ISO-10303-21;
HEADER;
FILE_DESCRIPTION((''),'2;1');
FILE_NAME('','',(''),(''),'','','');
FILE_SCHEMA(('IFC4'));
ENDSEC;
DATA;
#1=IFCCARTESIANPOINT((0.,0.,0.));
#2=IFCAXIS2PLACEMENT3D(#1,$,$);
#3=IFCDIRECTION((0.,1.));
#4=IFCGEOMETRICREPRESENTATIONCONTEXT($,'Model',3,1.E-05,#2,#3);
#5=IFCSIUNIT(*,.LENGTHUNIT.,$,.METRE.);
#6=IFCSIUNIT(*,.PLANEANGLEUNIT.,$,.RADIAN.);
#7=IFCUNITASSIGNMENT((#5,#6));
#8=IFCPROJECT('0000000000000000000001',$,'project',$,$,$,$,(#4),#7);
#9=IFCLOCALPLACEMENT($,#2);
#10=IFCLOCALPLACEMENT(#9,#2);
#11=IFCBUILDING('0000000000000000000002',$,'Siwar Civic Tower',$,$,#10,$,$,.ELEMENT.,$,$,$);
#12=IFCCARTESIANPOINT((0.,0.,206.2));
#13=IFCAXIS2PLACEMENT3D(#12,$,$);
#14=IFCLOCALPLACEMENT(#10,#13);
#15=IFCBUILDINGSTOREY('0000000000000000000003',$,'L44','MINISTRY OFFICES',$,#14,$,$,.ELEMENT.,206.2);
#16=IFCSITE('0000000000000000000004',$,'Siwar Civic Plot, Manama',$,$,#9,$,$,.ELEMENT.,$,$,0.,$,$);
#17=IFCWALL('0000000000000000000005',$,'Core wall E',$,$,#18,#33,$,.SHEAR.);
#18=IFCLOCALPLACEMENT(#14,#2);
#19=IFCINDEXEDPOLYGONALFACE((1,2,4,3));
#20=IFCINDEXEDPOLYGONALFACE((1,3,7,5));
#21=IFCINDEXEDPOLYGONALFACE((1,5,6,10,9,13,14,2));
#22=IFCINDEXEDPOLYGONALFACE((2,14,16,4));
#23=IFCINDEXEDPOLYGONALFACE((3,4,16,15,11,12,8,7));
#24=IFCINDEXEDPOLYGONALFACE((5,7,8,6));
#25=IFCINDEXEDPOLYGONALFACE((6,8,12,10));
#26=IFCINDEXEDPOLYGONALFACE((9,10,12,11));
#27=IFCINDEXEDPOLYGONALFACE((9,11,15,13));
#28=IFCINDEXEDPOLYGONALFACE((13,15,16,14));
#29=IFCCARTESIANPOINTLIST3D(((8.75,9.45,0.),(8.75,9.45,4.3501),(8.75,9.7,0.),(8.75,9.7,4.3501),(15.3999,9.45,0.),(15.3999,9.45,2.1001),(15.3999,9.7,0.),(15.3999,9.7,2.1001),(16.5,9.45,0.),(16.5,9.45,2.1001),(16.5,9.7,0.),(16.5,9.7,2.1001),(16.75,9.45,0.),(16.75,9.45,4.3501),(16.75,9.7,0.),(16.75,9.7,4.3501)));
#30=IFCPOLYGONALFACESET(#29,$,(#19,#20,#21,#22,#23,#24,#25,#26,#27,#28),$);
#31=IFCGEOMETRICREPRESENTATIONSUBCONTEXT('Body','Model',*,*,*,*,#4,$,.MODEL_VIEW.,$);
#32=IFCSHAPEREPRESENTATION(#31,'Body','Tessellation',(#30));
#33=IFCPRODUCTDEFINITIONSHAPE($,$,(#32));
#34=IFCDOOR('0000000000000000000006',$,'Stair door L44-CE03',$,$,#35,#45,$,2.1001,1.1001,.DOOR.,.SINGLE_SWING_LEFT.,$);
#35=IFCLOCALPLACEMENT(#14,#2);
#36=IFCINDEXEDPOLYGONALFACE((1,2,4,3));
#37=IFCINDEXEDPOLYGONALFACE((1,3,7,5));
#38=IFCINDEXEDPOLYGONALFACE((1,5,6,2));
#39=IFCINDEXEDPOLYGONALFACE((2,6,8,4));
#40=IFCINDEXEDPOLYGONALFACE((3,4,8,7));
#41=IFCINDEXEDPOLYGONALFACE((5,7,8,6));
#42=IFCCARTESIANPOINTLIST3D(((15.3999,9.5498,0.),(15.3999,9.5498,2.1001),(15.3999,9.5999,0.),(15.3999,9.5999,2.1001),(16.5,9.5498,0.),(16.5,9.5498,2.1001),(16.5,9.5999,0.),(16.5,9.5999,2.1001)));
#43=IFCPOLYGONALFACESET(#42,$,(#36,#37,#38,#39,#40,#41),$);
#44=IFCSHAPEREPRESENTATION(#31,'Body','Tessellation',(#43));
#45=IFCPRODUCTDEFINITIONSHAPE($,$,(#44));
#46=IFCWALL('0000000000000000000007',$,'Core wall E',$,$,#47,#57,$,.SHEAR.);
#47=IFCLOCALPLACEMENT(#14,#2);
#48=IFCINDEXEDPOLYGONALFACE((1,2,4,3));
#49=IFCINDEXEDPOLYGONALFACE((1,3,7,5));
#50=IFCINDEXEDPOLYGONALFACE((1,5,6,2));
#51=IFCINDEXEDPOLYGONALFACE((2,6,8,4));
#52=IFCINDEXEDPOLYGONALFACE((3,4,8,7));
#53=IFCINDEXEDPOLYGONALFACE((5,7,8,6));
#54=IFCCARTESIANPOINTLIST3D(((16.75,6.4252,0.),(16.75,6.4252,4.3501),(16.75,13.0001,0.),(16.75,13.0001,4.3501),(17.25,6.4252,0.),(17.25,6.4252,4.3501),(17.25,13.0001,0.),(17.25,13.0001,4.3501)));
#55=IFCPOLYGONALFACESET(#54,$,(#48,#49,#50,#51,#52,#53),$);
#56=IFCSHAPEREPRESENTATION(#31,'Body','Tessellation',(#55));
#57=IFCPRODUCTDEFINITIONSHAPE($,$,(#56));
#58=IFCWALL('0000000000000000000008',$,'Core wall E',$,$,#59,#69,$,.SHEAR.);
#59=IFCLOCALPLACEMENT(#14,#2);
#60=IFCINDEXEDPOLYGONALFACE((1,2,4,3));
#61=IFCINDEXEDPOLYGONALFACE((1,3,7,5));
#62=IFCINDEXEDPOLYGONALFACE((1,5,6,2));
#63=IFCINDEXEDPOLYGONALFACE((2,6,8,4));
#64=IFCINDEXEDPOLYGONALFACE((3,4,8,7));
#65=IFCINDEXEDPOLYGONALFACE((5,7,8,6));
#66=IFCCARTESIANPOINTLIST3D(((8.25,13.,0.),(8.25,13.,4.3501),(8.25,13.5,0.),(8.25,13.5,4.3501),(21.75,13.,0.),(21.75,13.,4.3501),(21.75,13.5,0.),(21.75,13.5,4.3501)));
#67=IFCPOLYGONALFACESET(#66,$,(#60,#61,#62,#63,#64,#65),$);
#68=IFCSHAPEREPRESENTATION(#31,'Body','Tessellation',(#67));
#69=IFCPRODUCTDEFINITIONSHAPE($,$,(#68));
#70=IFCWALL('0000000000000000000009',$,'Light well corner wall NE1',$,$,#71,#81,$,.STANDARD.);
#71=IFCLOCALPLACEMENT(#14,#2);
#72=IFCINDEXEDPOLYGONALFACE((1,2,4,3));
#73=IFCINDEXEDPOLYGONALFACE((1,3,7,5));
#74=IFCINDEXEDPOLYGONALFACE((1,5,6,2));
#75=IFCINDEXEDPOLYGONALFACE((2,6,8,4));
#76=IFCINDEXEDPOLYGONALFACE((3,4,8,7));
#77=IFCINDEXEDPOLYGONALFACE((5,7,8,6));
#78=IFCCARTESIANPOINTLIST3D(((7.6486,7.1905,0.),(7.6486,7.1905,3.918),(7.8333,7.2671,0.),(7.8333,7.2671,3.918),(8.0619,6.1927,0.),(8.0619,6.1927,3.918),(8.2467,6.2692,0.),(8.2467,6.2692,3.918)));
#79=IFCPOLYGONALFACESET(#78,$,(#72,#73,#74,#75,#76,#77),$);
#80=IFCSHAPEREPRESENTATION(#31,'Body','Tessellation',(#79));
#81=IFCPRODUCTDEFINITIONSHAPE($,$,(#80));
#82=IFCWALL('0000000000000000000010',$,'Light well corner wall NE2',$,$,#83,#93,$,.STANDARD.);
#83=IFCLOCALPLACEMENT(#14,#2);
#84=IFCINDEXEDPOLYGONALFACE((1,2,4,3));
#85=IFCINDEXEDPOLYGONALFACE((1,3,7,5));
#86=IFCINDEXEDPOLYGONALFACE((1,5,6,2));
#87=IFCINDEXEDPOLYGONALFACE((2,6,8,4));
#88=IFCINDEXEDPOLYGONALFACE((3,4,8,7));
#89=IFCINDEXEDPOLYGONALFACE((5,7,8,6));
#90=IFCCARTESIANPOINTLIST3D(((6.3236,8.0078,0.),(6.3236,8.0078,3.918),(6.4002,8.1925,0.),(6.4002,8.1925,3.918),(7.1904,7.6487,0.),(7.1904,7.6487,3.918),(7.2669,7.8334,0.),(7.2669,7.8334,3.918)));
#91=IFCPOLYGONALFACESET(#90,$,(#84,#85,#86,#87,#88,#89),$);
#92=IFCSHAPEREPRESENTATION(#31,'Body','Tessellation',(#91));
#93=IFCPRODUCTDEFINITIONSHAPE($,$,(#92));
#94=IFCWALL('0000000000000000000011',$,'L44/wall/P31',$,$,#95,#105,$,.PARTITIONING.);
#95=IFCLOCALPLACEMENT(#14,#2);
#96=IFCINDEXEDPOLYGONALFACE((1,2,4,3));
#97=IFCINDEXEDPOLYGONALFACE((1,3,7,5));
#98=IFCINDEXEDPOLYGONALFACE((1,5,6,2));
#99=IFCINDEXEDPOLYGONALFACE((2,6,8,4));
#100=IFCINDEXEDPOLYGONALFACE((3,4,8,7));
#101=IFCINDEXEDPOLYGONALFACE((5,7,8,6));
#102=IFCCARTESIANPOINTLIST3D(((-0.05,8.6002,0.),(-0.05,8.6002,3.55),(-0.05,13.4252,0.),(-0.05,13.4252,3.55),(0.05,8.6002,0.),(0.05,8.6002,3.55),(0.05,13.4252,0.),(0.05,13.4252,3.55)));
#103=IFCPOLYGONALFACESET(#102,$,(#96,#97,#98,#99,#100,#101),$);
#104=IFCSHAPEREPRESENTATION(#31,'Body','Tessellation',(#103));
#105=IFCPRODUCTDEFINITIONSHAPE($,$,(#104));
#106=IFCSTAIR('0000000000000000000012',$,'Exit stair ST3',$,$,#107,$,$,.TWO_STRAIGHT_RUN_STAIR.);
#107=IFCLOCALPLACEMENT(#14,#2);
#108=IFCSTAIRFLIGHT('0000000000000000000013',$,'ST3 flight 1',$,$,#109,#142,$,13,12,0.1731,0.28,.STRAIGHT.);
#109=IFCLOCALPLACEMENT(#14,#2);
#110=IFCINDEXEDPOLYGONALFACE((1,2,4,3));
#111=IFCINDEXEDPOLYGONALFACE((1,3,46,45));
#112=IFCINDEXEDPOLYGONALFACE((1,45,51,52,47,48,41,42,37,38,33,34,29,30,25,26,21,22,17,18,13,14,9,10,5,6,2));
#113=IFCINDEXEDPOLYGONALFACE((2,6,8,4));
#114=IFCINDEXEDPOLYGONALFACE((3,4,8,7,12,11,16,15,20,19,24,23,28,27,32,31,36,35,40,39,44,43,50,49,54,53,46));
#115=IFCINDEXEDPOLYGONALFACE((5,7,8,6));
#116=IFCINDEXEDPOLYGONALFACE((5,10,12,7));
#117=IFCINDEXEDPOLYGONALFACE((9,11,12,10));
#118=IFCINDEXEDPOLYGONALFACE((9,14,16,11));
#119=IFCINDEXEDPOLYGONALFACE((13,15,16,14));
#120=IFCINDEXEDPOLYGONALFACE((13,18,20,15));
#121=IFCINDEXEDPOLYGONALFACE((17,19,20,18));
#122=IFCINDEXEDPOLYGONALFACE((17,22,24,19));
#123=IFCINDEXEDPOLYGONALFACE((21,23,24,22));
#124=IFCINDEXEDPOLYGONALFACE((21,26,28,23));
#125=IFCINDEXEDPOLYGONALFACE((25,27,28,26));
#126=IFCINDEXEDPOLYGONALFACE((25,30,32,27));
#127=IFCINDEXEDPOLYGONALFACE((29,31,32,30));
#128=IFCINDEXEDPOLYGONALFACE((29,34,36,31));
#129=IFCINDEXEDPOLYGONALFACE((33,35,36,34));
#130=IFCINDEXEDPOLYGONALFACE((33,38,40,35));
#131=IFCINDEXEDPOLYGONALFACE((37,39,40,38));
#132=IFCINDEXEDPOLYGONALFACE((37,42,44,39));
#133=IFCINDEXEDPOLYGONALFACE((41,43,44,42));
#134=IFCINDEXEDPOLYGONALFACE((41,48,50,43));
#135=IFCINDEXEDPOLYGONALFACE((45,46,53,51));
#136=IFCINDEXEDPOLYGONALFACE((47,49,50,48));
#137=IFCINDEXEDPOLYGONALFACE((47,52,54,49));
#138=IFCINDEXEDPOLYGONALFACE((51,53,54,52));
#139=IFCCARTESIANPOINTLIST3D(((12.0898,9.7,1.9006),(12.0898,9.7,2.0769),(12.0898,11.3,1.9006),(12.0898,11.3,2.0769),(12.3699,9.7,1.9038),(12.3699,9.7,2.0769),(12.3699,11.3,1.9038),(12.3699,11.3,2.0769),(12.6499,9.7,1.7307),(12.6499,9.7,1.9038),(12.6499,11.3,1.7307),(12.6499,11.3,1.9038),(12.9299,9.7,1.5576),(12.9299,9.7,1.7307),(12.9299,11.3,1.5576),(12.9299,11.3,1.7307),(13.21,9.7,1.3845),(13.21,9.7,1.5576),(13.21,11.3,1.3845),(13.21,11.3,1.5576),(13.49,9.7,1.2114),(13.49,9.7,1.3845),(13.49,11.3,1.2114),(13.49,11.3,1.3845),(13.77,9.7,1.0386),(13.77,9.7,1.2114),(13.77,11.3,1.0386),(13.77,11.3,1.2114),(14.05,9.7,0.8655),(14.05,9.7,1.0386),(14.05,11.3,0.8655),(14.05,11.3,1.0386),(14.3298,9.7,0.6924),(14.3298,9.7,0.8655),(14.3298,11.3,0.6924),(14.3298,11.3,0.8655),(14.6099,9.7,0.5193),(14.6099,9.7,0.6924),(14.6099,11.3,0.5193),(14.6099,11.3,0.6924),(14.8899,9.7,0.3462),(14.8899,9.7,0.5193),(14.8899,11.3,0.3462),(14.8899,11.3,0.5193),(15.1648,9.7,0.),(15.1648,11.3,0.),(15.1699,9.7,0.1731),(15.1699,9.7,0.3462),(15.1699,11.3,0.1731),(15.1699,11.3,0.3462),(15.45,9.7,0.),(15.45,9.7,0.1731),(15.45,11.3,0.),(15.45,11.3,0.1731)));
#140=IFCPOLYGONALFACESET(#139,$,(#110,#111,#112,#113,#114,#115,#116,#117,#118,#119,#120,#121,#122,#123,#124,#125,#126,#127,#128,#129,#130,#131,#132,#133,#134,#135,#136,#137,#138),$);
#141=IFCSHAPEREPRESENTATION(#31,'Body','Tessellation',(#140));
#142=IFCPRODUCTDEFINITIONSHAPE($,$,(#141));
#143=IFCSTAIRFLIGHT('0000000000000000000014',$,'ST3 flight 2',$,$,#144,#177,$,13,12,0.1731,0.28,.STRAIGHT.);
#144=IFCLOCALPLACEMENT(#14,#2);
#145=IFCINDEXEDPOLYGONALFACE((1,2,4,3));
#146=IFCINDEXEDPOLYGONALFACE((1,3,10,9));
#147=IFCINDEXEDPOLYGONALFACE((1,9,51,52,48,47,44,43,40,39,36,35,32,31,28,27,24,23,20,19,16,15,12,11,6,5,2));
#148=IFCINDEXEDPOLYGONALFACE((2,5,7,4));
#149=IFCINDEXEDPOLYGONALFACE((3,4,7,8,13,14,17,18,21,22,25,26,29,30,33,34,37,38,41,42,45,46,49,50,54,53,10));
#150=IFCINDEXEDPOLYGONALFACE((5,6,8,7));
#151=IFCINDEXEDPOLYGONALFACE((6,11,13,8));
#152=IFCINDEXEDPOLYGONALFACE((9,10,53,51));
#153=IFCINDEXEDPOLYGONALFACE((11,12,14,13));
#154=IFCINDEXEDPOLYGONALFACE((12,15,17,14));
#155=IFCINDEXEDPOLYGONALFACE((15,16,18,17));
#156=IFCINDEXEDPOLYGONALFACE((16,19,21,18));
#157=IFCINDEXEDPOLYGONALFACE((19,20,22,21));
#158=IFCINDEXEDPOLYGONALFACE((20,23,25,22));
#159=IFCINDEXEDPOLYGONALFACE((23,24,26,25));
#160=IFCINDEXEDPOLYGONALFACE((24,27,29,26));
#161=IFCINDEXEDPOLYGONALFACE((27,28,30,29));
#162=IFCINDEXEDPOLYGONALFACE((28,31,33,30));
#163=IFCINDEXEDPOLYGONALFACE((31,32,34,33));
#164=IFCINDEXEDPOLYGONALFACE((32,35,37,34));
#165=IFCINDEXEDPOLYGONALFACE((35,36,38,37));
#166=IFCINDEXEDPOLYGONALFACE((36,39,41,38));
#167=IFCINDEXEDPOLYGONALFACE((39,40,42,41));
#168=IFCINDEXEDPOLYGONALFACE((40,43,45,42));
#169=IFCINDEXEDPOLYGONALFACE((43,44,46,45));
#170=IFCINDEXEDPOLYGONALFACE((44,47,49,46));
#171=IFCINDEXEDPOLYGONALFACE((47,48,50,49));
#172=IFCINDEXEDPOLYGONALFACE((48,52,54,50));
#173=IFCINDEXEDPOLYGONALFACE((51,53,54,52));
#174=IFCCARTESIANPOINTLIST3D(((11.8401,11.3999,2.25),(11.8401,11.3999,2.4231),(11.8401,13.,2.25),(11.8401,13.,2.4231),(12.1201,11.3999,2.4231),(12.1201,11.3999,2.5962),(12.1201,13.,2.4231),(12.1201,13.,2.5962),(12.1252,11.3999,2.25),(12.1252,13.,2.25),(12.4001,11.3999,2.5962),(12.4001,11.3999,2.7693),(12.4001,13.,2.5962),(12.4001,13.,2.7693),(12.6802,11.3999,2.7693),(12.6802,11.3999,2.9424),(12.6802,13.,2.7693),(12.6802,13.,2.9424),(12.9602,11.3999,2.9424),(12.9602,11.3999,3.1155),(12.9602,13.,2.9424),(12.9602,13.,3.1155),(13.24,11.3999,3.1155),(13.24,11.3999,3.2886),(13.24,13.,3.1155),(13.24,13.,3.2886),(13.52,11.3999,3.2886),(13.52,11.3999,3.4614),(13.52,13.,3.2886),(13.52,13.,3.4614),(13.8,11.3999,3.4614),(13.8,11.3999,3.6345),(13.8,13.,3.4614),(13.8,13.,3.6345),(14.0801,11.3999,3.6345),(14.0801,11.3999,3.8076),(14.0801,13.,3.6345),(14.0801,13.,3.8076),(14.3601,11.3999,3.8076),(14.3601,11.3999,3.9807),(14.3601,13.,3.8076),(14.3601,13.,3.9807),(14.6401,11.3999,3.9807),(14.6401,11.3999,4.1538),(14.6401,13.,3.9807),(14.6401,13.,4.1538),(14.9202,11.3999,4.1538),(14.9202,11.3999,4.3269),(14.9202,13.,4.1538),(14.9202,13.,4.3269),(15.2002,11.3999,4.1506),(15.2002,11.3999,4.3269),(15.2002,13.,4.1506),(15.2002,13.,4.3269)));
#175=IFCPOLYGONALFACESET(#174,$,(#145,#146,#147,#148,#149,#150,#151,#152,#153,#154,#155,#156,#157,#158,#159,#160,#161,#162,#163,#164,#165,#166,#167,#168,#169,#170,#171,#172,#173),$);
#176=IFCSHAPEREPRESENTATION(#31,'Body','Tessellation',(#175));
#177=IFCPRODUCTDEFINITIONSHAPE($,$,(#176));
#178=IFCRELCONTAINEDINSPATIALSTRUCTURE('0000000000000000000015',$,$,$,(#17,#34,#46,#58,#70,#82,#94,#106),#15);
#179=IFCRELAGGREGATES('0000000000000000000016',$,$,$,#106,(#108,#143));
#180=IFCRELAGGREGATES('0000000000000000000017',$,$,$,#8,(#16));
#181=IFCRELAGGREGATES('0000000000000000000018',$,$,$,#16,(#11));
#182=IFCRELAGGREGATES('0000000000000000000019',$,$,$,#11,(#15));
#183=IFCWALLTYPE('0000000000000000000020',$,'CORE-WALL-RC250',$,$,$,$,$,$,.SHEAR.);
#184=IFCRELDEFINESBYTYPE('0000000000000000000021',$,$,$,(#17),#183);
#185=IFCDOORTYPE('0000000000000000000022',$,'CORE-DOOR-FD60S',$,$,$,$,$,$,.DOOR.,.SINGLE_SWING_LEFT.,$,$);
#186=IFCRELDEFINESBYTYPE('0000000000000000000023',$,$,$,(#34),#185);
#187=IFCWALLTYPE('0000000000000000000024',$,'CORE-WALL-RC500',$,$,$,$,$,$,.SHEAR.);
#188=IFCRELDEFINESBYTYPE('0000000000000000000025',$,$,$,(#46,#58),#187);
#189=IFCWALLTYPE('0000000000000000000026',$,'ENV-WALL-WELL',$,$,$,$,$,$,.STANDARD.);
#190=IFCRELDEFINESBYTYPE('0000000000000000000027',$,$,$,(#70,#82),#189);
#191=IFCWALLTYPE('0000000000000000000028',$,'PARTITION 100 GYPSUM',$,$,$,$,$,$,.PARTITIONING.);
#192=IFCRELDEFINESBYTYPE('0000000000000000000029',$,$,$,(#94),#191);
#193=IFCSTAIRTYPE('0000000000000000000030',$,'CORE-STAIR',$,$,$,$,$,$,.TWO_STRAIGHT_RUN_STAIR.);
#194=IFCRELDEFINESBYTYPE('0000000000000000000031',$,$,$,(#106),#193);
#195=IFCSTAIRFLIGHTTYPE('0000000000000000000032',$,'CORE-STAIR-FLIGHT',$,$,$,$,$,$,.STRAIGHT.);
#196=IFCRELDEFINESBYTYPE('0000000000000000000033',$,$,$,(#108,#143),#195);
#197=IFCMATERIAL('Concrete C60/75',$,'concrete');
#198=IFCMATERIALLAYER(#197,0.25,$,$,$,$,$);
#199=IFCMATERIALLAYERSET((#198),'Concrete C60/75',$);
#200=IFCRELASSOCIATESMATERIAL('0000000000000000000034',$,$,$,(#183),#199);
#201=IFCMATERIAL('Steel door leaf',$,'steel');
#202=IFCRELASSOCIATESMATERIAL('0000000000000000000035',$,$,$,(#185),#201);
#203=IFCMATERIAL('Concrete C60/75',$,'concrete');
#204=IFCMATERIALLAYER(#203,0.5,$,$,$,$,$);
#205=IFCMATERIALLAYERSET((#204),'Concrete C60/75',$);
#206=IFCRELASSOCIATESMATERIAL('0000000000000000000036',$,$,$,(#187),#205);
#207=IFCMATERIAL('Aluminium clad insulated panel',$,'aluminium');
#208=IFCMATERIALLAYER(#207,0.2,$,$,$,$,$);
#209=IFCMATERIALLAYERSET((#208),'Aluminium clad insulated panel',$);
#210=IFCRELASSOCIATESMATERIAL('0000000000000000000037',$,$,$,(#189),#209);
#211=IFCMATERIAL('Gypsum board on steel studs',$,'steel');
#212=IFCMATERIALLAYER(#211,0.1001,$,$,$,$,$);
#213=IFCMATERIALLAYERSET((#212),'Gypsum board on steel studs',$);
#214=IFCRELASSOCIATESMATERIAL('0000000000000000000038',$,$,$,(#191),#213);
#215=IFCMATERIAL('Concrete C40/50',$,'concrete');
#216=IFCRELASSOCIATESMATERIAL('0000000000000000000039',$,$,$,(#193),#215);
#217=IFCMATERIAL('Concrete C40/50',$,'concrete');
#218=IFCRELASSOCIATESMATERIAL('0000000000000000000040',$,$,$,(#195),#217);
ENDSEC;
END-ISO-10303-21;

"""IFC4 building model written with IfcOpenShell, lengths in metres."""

from ifc_helpers import new_model, si_unit, direction, frame, frame_2d, origin, place, context, subcontext, project, spatial, polyline, rectangle, outline, extrude, material, layer, layer_set, type_object, element, fill, aggregate, save


model = new_model("IFC4")

# Units and contexts
model_context = context("Model", 3, precision=1e-05, world=origin(), true_north=direction((0.0, 1.0)))
body_context = subcontext(model_context, "Body", "Model", "MODEL_VIEW")
ifc_project = project(units=[si_unit("LENGTHUNIT", "METRE"), si_unit("PLANEANGLEUNIT", "RADIAN")], contexts=[model_context])

# Site, building, storey
site_placement = place(None, origin())
site = spatial("IfcSite", under=ifc_project, at=site_placement, Name="Siwar Civic Plot, Manama", CompositionType="ELEMENT", RefElevation=0.0)
building_placement = place(site_placement, origin())
building = spatial("IfcBuilding", under=site, at=building_placement, Name="Siwar Civic Tower", CompositionType="ELEMENT")
storey_placement = place(building_placement, frame((0.0, 0.0, 206.2)))
storey = spatial("IfcBuildingStorey", under=building, at=storey_placement, Name="L44", Description="MINISTRY OFFICES", CompositionType="ELEMENT", Elevation=206.2)

# Shared definitions
ifc_material_1 = material(Name="Concrete C60/75", Category="concrete")
ifc_layer_1 = layer(ifc_material_1, 0.25)
ifc_layer_set_1 = layer_set([ifc_layer_1], Name="Concrete C60/75")
wall_type_1 = type_object("IfcWallType", Name="CORE-WALL-RC250", PredefinedType="SHEAR", material=ifc_layer_set_1)

# Wall, opening, door
wall_1_placement = place(storey_placement, frame((8.75, 9.575, 0.0), z_axis=(0.0, 0.0, 1.0), x_axis=(1.0, 0.0, 0.0)))
wall_1 = element("IfcWall", 1, at=wall_1_placement, inside=storey, type_object=wall_type_1, Name="Core wall E", PredefinedType="SHEAR", context=body_context, shape_type="SweptSolid", body=[
    extrude(rectangle(XDim=8.0, YDim=0.25, at=frame_2d((4.0, 0.0))), origin(), (0.0, 0.0, 1.0), 4.3501),
])
opening_1_placement = place(wall_1_placement, frame((6.6499, 0.0, 0.0)))
opening_1 = element("IfcOpeningElement", 2, at=opening_1_placement, cuts=wall_1, PredefinedType="OPENING", context=body_context, shape_type="SweptSolid", body=[
    extrude(rectangle(XDim=1.1001, YDim=2.1001, at=frame_2d((0.55, 1.05))), frame((0.0, 0.135, 0.0), z_axis=(0.0, -1.0, 0.0), x_axis=(1.0, 0.0, 0.0)), (0.0, 0.0, 1.0), 0.27),
])
ifc_material_2 = material(Name="Steel door leaf", Category="steel")
door_type_1 = type_object("IfcDoorType", Name="CORE-DOOR-FD60S", OperationType="SINGLE_SWING_LEFT", PredefinedType="DOOR", material=ifc_material_2)
door_1_placement = place(opening_1_placement, origin())
door_1 = element("IfcDoor", 3, at=door_1_placement, inside=storey, type_object=door_type_1, Name="Stair door L44-CE03", OperationType="SINGLE_SWING_LEFT", OverallHeight=2.1001, OverallWidth=1.1001, PredefinedType="DOOR", context=body_context, shape_type="SweptSolid", body=[
    extrude(rectangle(XDim=1.1001, YDim=2.1001, at=frame_2d((0.55, 1.05))), frame((0.0, 0.0249, 0.0), z_axis=(0.0, -1.0, 0.0), x_axis=(1.0, 0.0, 0.0)), (0.0, 0.0, 1.0), 0.05),
])
fill(opening_1, door_1)

# Walls
ifc_material_3 = material(Name="Concrete C60/75", Category="concrete")
ifc_layer_2 = layer(ifc_material_3, 0.5)
ifc_layer_set_2 = layer_set([ifc_layer_2], Name="Concrete C60/75")
wall_type_2 = type_object("IfcWallType", Name="CORE-WALL-RC500", PredefinedType="SHEAR", material=ifc_layer_set_2)
wall_2_placement = place(storey_placement, frame((17.0, 6.425, 0.0), z_axis=(0.0, 0.0, 1.0), x_axis=(0.0, 1.0, 0.0)))
element("IfcWall", 4, at=wall_2_placement, inside=storey, type_object=wall_type_2, Name="Core wall E", PredefinedType="SHEAR", context=body_context, shape_type="SweptSolid", body=[
    extrude(rectangle(XDim=6.575, YDim=0.5, at=frame_2d((3.2876, 0.0))), origin(), (0.0, 0.0, 1.0), 4.3501),
])
wall_3_placement = place(storey_placement, frame((8.25, 13.25, 0.0), z_axis=(0.0, 0.0, 1.0), x_axis=(1.0, 0.0, 0.0)))
element("IfcWall", 5, at=wall_3_placement, inside=storey, type_object=wall_type_2, Name="Core wall E", PredefinedType="SHEAR", context=body_context, shape_type="SweptSolid", body=[
    extrude(rectangle(XDim=13.5, YDim=0.5, at=frame_2d((6.75, 0.0))), origin(), (0.0, 0.0, 1.0), 4.3501),
])
ifc_material_4 = material(Name="Aluminium clad insulated panel", Category="aluminium")
ifc_layer_3 = layer(ifc_material_4, 0.2)
ifc_layer_set_3 = layer_set([ifc_layer_3], Name="Aluminium clad insulated panel")
wall_type_3 = type_object("IfcWallType", Name="ENV-WALL-WELL", PredefinedType="STANDARD", material=ifc_layer_set_3)
wall_4_placement = place(storey_placement, frame((8.1543, 6.231, 0.0), z_axis=(0.0, 0.0, 1.0), x_axis=(-0.382704, 0.923871, 0.0)))
element("IfcWall", 6, at=wall_4_placement, inside=storey, type_object=wall_type_3, Name="Light well corner wall NE1", PredefinedType="STANDARD", context=body_context, shape_type="SweptSolid", body=[
    extrude(rectangle(XDim=1.0801, YDim=0.2, at=frame_2d((0.54, 0.0))), origin(), (0.0, 0.0, 1.0), 3.918),
])
wall_5_placement = place(storey_placement, frame((7.2288, 7.741, 0.0), z_axis=(0.0, 0.0, 1.0), x_axis=(-0.92383, 0.382804, 0.0)))
element("IfcWall", 7, at=wall_5_placement, inside=storey, type_object=wall_type_3, Name="Light well corner wall NE2", PredefinedType="STANDARD", context=body_context, shape_type="SweptSolid", body=[
    extrude(rectangle(XDim=0.9382, YDim=0.2, at=frame_2d((0.4692, 0.0))), origin(), (0.0, 0.0, 1.0), 3.918),
])
ifc_material_5 = material(Name="Gypsum board on steel studs", Category="steel")
ifc_layer_4 = layer(ifc_material_5, 0.1001)
ifc_layer_set_4 = layer_set([ifc_layer_4], Name="Gypsum board on steel studs")
wall_type_4 = type_object("IfcWallType", Name="PARTITION 100 GYPSUM", PredefinedType="PARTITIONING", material=ifc_layer_set_4)
wall_6_placement = place(storey_placement, frame((0.0, 8.6001, 0.0), z_axis=(0.0, 0.0, 1.0), x_axis=(0.0, 1.0, 0.0)))
element("IfcWall", 8, at=wall_6_placement, inside=storey, type_object=wall_type_4, Name="L44/wall/P31", PredefinedType="PARTITIONING", context=body_context, shape_type="SweptSolid", body=[
    extrude(rectangle(XDim=4.825, YDim=0.1001, at=frame_2d((2.4126, 0.0))), origin(), (0.0, 0.0, 1.0), 3.55),
])

# Stair, stair flights
ifc_material_6 = material(Name="Concrete C40/50", Category="concrete")
stair_type = type_object("IfcStairType", Name="CORE-STAIR", PredefinedType="TWO_STRAIGHT_RUN_STAIR", material=ifc_material_6)
stair_placement = place(storey_placement, origin())
stair = element("IfcStair", 9, at=stair_placement, inside=storey, type_object=stair_type, Name="Exit stair ST3", PredefinedType="TWO_STRAIGHT_RUN_STAIR")
ifc_material_7 = material(Name="Concrete C40/50", Category="concrete")
stair_flight_type = type_object("IfcStairFlightType", Name="CORE-STAIR-FLIGHT", PredefinedType="STRAIGHT", material=ifc_material_7)
stair_flight_1_placement = place(storey_placement, frame((15.45, 10.5, 0.0), z_axis=(0.0, 0.0, 1.0), x_axis=(-1.0, 0.0, 0.0)))
stair_flight_1 = element("IfcStairFlight", 10, at=stair_flight_1_placement, type_object=stair_flight_type, Name="ST3 flight 1", NumberOfRisers=13, NumberOfTreads=12, PredefinedType="STRAIGHT", RiserHeight=0.1731, TreadLength=0.28, context=body_context, shape_type="SweptSolid", body=[
    extrude(outline(polyline([(0.0, 0.0), (0.0, 0.1731), (0.28, 0.1731), (0.28, 0.3462), (0.5601, 0.3462), (0.5601, 0.5193), (0.8401, 0.5193), (0.8401, 0.6924), (1.1201, 0.6924), (1.1201, 0.8655), (1.3999, 0.8655), (1.3999, 1.0386), (1.6799, 1.0386), (1.6799, 1.2114), (1.96, 1.2114), (1.96, 1.3845), (2.24, 1.3845), (2.24, 1.5576), (2.52, 1.5576), (2.52, 1.7307), (2.8, 1.7307), (2.8, 1.9038), (3.0801, 1.9038), (3.0801, 2.0769), (3.3601, 2.0769), (3.3601, 2.25), (3.3601, 1.9006), (0.2852, 0.0), (0.0, 0.0)])), frame((0.0, 0.8, 0.0), z_axis=(0.0, -1.0, 0.0), x_axis=(1.0, 0.0, 0.0)), (0.0, 0.0, 1.0), 1.6001),
])
stair_flight_2_placement = place(storey_placement, frame((11.8401, 12.2, 2.25), z_axis=(0.0, 0.0, 1.0), x_axis=(1.0, 0.0, 0.0)))
stair_flight_2 = element("IfcStairFlight", 11, at=stair_flight_2_placement, type_object=stair_flight_type, Name="ST3 flight 2", NumberOfRisers=13, NumberOfTreads=12, PredefinedType="STRAIGHT", RiserHeight=0.1731, TreadLength=0.28, context=body_context, shape_type="SweptSolid", body=[
    extrude(outline(polyline([(0.0, 0.0), (0.0, 0.1731), (0.28, 0.1731), (0.28, 0.3462), (0.5601, 0.3462), (0.5601, 0.5193), (0.8401, 0.5193), (0.8401, 0.6924), (1.1201, 0.6924), (1.1201, 0.8655), (1.3999, 0.8655), (1.3999, 1.0386), (1.6799, 1.0386), (1.6799, 1.2114), (1.96, 1.2114), (1.96, 1.3845), (2.24, 1.3845), (2.24, 1.5576), (2.52, 1.5576), (2.52, 1.7307), (2.8, 1.7307), (2.8, 1.9038), (3.0801, 1.9038), (3.0801, 2.0769), (3.3601, 2.0769), (3.3601, 2.25), (3.3601, 1.9006), (0.2852, 0.0), (0.0, 0.0)])), frame((0.0, 0.8, 0.0), z_axis=(0.0, -1.0, 0.0), x_axis=(1.0, 0.0, 0.0)), (0.0, 0.0, 1.0), 1.6001),
])
aggregate(stair, [stair_flight_1, stair_flight_2])

save(model, "model.ifc")
